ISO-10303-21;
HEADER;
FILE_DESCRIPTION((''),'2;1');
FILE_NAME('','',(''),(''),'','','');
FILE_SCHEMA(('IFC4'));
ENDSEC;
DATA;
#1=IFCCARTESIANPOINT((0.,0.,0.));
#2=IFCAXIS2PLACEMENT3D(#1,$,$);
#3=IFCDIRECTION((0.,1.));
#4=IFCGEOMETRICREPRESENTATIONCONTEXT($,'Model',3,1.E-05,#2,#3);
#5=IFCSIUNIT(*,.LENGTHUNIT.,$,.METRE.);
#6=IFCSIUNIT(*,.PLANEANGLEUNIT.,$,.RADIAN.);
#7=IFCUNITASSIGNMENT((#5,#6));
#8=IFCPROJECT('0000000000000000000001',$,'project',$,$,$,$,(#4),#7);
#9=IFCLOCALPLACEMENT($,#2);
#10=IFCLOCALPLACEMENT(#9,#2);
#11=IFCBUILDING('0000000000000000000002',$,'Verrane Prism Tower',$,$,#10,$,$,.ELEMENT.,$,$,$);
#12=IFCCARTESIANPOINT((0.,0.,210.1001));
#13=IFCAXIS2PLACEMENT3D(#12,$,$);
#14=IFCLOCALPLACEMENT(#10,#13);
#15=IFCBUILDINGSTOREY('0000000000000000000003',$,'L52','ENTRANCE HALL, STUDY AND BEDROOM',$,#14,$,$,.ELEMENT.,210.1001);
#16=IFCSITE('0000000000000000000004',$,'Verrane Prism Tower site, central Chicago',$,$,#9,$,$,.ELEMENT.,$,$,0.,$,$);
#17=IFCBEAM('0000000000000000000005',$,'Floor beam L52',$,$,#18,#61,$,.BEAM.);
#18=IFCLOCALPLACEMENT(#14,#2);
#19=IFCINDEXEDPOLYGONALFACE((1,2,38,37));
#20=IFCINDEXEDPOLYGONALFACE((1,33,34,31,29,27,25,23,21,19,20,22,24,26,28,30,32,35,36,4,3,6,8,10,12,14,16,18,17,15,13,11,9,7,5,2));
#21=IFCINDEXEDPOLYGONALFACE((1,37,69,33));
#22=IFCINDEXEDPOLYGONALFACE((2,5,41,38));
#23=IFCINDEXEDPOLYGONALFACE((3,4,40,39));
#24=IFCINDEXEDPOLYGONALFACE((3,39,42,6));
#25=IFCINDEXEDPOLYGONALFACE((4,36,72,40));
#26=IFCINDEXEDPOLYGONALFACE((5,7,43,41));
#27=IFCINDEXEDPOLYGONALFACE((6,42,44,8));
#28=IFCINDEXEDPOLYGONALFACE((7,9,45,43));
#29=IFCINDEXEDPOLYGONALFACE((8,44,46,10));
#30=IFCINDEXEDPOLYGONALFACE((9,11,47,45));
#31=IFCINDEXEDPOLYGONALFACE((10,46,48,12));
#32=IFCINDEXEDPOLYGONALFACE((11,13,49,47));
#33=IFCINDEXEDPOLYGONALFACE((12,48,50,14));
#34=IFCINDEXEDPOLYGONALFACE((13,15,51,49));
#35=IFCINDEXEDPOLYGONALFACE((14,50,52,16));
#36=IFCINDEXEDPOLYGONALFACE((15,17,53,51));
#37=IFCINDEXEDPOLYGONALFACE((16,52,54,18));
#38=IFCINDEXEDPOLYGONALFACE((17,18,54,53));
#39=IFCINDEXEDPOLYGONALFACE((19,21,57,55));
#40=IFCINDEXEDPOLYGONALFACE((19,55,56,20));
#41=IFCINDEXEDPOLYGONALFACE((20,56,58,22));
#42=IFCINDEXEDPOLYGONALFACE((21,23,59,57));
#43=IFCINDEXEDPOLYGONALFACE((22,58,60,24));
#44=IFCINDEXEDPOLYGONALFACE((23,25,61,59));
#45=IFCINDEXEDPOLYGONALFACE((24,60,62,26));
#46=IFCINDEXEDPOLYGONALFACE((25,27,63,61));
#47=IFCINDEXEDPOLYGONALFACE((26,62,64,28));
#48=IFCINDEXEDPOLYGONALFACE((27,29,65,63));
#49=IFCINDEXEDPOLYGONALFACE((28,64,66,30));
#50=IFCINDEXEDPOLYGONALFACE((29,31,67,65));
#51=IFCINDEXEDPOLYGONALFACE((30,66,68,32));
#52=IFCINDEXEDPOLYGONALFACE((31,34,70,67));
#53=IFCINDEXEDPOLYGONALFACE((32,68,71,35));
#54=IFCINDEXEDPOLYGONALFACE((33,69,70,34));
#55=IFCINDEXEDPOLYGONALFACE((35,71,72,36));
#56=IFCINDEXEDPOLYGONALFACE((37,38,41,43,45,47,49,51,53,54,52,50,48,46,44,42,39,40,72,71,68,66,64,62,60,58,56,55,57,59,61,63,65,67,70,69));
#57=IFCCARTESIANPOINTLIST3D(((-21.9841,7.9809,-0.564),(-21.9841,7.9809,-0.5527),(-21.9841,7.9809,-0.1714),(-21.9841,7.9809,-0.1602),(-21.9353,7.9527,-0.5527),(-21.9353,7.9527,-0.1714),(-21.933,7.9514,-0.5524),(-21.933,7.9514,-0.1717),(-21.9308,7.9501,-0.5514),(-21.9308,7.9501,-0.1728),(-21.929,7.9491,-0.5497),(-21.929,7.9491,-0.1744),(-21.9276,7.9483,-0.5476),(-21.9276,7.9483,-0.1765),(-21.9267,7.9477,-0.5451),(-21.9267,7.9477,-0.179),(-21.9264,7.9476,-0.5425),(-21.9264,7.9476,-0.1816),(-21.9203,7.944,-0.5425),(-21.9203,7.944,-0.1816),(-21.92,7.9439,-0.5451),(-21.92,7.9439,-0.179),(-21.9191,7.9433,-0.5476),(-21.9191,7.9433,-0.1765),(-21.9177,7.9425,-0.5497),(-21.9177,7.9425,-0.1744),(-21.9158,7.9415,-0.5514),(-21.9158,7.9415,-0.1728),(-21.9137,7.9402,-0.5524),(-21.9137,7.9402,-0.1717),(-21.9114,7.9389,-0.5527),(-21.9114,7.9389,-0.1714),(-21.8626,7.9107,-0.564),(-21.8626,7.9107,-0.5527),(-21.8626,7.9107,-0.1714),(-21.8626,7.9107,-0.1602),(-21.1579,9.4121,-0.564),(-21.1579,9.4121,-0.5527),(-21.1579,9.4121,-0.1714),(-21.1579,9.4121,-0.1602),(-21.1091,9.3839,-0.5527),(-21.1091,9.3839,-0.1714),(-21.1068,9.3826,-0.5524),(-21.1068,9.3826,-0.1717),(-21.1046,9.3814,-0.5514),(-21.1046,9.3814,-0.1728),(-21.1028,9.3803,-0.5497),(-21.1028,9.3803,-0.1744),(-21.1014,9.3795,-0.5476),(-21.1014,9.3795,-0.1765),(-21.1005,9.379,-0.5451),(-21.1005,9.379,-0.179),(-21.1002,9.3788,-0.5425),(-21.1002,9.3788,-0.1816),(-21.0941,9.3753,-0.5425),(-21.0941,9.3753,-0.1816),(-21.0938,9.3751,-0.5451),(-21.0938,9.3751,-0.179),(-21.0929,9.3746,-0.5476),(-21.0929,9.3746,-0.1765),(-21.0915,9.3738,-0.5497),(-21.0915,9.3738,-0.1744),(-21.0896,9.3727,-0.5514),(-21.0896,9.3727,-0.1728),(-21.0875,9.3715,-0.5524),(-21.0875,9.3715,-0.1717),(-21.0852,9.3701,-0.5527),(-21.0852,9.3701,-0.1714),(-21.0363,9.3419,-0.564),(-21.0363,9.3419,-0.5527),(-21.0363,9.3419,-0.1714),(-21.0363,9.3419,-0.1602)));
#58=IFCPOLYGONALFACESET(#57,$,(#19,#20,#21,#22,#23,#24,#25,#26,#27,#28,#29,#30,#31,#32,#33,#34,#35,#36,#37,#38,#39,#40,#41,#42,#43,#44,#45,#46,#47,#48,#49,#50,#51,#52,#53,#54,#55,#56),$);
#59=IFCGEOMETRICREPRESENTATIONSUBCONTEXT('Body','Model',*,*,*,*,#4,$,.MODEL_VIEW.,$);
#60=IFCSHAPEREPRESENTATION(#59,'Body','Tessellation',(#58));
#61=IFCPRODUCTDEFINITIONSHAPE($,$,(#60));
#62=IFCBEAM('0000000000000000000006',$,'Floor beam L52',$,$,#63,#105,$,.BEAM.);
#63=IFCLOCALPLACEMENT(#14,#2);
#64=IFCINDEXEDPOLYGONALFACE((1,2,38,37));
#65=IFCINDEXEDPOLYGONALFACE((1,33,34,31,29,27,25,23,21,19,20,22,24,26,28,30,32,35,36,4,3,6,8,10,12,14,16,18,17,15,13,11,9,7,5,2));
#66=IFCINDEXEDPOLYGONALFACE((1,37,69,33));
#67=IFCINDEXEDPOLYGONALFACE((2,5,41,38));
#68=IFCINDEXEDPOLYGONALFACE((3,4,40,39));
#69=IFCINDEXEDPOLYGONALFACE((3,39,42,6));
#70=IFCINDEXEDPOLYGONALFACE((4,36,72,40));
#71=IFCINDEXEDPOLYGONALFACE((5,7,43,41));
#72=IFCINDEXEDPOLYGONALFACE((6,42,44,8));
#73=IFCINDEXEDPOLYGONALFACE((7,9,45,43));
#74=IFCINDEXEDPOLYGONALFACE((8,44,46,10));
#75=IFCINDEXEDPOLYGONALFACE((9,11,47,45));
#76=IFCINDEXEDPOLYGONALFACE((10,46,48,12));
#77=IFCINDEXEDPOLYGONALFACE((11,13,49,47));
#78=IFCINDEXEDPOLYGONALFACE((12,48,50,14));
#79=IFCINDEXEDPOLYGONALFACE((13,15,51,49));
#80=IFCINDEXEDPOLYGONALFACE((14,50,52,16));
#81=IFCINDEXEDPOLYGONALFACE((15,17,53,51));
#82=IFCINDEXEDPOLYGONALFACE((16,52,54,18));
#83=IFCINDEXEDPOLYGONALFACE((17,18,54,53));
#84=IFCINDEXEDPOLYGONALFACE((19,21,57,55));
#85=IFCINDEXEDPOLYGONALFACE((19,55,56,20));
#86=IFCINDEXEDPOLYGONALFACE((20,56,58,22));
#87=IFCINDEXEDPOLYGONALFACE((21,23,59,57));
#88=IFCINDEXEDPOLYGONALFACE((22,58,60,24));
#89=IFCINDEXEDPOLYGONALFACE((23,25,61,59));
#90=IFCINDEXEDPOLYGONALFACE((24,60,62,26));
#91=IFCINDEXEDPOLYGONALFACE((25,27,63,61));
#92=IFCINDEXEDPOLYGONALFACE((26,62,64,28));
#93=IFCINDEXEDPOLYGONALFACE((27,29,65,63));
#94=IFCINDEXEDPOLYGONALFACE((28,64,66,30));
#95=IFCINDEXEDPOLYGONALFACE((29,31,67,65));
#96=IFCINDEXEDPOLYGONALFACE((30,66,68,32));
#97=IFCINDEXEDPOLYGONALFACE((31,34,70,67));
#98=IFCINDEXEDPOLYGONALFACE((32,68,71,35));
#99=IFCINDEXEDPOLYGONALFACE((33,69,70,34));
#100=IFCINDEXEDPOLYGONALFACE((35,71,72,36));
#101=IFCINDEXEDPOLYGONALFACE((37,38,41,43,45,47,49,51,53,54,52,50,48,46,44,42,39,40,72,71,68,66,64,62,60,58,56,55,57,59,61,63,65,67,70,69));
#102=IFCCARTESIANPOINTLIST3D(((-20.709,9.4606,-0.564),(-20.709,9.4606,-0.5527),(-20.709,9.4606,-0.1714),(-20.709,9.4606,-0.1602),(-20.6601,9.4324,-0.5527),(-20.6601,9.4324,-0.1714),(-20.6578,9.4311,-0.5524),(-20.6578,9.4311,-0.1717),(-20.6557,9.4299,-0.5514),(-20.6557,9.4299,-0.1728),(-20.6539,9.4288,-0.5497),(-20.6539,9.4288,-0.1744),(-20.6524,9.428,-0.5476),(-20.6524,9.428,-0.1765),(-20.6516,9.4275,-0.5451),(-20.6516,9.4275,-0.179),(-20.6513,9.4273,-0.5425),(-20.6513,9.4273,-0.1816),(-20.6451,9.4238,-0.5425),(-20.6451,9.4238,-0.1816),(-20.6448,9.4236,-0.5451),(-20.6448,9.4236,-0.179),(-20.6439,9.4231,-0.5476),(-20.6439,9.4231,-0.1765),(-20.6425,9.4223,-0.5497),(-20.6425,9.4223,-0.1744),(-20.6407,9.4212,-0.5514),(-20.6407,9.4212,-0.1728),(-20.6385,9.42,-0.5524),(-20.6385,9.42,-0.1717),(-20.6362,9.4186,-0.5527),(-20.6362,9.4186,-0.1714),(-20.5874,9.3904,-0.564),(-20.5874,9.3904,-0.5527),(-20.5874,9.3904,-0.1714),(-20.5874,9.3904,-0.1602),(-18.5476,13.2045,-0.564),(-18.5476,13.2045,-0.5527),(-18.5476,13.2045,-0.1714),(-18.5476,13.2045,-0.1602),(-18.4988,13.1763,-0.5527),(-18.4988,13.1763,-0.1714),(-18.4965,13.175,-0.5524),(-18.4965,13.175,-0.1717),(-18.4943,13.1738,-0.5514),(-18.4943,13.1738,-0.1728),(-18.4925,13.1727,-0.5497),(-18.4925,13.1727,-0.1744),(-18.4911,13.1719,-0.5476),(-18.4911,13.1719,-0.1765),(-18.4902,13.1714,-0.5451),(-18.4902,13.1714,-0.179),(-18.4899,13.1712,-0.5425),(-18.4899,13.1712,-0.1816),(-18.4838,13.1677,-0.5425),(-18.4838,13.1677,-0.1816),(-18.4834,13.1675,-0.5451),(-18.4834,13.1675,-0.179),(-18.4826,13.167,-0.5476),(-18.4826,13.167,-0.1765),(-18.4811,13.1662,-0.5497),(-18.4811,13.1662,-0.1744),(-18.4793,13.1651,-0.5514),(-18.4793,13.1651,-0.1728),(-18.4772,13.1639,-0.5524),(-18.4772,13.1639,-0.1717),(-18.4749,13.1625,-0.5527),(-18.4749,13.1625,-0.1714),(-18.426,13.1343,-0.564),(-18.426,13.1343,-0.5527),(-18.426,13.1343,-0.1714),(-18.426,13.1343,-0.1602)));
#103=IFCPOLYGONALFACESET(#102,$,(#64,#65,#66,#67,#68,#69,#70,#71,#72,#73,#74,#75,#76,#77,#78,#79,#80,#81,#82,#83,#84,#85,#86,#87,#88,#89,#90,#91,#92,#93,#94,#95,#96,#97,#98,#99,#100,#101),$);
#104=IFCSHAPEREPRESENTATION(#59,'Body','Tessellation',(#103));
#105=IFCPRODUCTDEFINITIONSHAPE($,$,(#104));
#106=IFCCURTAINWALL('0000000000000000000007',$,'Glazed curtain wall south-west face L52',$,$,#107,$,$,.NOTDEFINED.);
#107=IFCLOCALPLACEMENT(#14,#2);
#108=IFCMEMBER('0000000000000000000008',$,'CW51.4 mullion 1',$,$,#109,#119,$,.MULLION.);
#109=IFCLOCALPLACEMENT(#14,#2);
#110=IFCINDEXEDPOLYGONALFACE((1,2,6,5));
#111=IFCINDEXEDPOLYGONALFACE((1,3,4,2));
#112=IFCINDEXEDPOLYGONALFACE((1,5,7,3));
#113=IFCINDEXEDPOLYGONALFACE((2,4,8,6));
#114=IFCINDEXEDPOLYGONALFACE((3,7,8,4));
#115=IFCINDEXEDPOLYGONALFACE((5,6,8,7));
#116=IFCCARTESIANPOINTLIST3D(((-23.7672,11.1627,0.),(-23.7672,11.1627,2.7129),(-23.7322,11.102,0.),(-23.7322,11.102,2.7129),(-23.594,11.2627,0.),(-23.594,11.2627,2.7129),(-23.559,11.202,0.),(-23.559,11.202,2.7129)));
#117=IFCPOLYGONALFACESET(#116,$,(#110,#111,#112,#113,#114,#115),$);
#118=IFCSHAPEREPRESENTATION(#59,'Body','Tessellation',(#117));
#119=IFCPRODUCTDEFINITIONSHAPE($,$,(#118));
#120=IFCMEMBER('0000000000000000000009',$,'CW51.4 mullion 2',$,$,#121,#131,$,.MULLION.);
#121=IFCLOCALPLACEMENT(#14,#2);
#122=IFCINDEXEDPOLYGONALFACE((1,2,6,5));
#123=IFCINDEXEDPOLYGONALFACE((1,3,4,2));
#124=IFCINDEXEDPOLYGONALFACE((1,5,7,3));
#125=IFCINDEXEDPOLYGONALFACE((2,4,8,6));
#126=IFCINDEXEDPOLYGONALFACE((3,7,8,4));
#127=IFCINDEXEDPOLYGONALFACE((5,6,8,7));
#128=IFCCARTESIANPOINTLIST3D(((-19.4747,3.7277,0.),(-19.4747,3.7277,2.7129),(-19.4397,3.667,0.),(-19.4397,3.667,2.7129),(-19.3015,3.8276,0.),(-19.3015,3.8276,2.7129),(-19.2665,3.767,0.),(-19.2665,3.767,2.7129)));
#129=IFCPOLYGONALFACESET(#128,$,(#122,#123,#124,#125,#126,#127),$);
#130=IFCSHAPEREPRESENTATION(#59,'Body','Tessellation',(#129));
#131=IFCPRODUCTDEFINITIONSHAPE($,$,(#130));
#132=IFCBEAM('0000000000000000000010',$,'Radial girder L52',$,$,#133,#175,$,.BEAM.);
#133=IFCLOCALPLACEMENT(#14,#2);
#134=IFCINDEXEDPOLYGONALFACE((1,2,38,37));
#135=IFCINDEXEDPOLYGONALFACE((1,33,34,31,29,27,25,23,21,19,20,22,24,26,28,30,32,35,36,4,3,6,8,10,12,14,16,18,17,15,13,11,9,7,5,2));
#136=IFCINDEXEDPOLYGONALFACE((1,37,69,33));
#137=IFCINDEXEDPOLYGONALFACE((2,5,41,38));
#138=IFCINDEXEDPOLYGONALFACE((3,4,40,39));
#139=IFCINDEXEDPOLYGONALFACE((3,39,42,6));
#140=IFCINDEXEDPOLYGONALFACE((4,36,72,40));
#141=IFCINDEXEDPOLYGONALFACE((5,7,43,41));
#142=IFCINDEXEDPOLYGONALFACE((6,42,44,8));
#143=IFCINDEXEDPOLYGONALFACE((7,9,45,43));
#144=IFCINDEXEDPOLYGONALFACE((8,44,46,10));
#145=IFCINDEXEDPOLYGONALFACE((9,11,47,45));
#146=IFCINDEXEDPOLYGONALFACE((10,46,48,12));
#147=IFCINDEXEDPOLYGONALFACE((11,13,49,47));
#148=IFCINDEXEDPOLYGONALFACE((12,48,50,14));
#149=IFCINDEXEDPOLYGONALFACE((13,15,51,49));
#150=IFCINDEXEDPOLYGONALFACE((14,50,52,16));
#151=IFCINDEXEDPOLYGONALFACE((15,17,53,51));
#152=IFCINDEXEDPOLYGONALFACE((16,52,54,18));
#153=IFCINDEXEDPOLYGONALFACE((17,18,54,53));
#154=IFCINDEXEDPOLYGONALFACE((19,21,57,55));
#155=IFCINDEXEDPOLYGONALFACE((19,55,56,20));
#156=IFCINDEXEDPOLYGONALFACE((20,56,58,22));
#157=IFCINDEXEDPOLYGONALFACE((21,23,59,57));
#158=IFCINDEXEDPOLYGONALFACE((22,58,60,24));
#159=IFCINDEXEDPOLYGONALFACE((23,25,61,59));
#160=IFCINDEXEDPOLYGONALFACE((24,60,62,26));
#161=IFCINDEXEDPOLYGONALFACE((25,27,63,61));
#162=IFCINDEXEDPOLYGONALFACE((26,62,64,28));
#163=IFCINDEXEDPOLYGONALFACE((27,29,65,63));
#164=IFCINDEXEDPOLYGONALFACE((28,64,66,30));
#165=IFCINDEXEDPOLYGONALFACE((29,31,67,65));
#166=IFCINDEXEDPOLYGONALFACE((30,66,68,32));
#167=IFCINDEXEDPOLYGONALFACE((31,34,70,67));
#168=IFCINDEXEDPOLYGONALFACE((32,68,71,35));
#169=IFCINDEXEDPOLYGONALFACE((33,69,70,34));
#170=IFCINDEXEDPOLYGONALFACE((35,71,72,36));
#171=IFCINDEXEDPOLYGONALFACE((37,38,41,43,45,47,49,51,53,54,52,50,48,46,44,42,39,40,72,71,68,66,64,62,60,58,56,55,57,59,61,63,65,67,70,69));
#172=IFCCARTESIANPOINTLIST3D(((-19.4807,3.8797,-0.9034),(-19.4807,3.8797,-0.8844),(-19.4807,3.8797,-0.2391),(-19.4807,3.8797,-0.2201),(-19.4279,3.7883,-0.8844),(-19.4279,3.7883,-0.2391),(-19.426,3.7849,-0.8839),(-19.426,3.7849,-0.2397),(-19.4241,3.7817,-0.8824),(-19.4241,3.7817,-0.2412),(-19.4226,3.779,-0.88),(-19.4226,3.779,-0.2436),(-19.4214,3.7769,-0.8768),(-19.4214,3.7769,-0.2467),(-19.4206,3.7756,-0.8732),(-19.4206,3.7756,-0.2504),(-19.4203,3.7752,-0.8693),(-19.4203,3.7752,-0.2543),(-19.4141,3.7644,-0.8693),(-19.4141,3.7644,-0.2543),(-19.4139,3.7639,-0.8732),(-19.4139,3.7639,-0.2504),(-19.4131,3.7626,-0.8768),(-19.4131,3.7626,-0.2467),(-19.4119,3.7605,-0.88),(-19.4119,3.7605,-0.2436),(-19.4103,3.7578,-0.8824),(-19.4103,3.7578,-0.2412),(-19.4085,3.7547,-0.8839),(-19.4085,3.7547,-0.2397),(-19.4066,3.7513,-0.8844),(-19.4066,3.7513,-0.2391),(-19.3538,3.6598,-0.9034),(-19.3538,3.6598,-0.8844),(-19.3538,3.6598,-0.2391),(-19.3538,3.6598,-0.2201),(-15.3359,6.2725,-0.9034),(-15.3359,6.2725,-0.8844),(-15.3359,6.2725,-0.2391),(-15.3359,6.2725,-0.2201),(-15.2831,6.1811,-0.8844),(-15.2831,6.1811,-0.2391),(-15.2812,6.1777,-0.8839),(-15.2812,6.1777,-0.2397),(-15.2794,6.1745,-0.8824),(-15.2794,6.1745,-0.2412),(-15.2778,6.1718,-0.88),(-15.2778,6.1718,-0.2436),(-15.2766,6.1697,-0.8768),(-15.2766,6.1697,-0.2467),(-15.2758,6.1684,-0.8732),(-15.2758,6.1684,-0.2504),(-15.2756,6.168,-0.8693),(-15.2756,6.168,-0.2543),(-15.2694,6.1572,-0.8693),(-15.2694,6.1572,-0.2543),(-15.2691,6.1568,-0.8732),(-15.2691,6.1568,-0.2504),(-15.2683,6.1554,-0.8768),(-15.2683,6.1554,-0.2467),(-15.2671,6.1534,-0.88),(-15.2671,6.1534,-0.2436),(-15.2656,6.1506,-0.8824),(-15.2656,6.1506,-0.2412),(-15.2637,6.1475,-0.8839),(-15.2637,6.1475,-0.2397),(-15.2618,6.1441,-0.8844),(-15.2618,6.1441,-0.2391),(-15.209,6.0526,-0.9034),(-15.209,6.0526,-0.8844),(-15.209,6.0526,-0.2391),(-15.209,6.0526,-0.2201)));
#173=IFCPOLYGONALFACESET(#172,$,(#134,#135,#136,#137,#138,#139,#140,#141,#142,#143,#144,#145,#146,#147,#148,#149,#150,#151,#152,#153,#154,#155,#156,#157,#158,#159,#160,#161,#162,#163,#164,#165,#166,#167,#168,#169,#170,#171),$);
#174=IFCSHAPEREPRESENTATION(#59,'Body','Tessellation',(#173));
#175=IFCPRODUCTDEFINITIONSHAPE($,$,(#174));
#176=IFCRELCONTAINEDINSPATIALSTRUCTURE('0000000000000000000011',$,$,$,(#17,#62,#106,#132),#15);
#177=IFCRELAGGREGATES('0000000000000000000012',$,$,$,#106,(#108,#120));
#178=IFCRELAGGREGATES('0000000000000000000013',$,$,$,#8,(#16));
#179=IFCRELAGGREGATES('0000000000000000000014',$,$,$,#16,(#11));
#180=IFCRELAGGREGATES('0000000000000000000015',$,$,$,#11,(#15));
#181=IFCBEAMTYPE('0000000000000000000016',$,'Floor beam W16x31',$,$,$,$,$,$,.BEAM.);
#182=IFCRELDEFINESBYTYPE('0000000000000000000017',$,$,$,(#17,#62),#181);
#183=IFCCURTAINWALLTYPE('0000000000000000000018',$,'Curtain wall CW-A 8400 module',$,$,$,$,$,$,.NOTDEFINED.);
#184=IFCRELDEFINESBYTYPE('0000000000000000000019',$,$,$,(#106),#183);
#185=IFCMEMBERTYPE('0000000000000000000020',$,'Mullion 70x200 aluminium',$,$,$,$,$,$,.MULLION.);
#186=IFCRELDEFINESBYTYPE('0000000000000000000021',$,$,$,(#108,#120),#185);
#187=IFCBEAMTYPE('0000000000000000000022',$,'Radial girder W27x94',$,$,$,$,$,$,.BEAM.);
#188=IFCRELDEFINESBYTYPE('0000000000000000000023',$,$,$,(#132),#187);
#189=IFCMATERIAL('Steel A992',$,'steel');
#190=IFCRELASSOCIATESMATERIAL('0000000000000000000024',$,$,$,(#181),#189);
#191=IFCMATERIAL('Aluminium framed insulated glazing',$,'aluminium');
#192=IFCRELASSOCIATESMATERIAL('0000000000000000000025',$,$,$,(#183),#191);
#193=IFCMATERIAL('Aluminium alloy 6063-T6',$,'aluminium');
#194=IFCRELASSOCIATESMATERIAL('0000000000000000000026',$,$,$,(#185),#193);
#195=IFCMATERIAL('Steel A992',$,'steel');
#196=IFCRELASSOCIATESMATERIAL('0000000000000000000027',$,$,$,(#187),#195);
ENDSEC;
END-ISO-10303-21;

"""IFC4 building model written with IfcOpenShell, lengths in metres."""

from ifc_helpers import new_model, si_unit, direction, frame, origin, origin_2d, place, context, subcontext, project, spatial, rectangle, i_section, extrude, material, material_profile, profile_set, type_object, element, aggregate, save


model = new_model("IFC4")

# Units and contexts
model_context = context("Model", 3, precision=1e-05, world=origin(), true_north=direction((0.0, 1.0)))
body_context = subcontext(model_context, "Body", "Model", "MODEL_VIEW")
ifc_project = project(units=[si_unit("LENGTHUNIT", "METRE"), si_unit("PLANEANGLEUNIT", "RADIAN")], contexts=[model_context])

# Site, building, storey
site_placement = place(None, origin())
site = spatial("IfcSite", under=ifc_project, at=site_placement, Name="Verrane Prism Tower site, central Chicago", CompositionType="ELEMENT", RefElevation=0.0)
building_placement = place(site_placement, origin())
building = spatial("IfcBuilding", under=site, at=building_placement, Name="Verrane Prism Tower", CompositionType="ELEMENT")
storey_placement = place(building_placement, frame((0.0, 0.0, 210.1001)))
storey = spatial("IfcBuildingStorey", under=building, at=storey_placement, Name="L52", Description="ENTRANCE HALL, STUDY AND BEDROOM", CompositionType="ELEMENT", Elevation=210.1001)

# Beams
ifc_material_1 = material(Name="Steel A992", Category="steel")
ifc_material_profile_1 = material_profile(ifc_material_1, i_section(OverallWidth=0.1404, OverallDepth=0.4038, WebThickness=0.0071, FlangeThickness=0.0112, FilletRadius=0.0103, at=origin_2d()), Name="W16x31")
ifc_profile_set_1 = profile_set([ifc_material_profile_1], Name="Steel A992")
beam_type_1 = type_object("IfcBeamType", Name="Floor beam W16x31", PredefinedType="BEAM", material=ifc_profile_set_1)
beam_1_placement = place(storey_placement, frame((-21.9233, 7.9458, -0.3621), z_axis=(0.499953, 0.866053, 0.0), x_axis=(-0.866053, 0.499953, 0.0)))
element("IfcBeam", 1, at=beam_1_placement, inside=storey, type_object=beam_type_1, Name="Floor beam L52", PredefinedType="BEAM", context=body_context, shape_type="SweptSolid", body=[
    extrude(i_section(OverallWidth=0.1404, OverallDepth=0.4038, WebThickness=0.0071, FlangeThickness=0.0112, FilletRadius=0.0103, at=origin_2d()), origin(), (0.0, 0.0, 1.0), 1.6526),
])
beam_2_placement = place(storey_placement, frame((-20.6482, 9.4255, -0.3621), z_axis=(0.499972, 0.866042, 0.0), x_axis=(-0.866042, 0.499972, 0.0)))
element("IfcBeam", 2, at=beam_2_placement, inside=storey, type_object=beam_type_1, Name="Floor beam L52", PredefinedType="BEAM", context=body_context, shape_type="SweptSolid", body=[
    extrude(i_section(OverallWidth=0.1404, OverallDepth=0.4038, WebThickness=0.0071, FlangeThickness=0.0112, FilletRadius=0.0103, at=origin_2d()), origin(), (0.0, 0.0, 1.0), 4.323),
])

# Curtain wall, members
ifc_material_2 = material(Name="Aluminium framed insulated glazing", Category="aluminium")
curtain_wall_type = type_object("IfcCurtainWallType", Name="Curtain wall CW-A 8400 module", PredefinedType="NOTDEFINED", material=ifc_material_2)
curtain_wall_placement = place(storey_placement, origin())
curtain_wall = element("IfcCurtainWall", 3, at=curtain_wall_placement, inside=storey, type_object=curtain_wall_type, Name="Glazed curtain wall south-west face L52", PredefinedType="NOTDEFINED")
ifc_material_3 = material(Name="Aluminium alloy 6063-T6", Category="aluminium")
ifc_material_profile_2 = material_profile(ifc_material_3, rectangle(XDim=0.2, YDim=0.0701, at=origin_2d()), Name="Mullion 70x200 aluminium")
ifc_profile_set_2 = profile_set([ifc_material_profile_2], Name="Aluminium alloy 6063-T6")
member_type_1 = type_object("IfcMemberType", Name="Mullion 70x200 aluminium", PredefinedType="MULLION", material=ifc_profile_set_2)
member_1_placement = place(storey_placement, frame((-23.6631, 11.1824, 0.0), z_axis=(0.0, 0.0, 1.0), x_axis=(0.866026, 0.499999, 0.0)))
member_1 = element("IfcMember", 4, at=member_1_placement, type_object=member_type_1, Name="CW51.4 mullion 1", PredefinedType="MULLION", context=body_context, shape_type="SweptSolid", body=[
    extrude(rectangle(XDim=0.2, YDim=0.0701, at=origin_2d()), origin(), (0.0, 0.0, 1.0), 2.7129),
])
member_2_placement = place(storey_placement, frame((-19.3706, 3.7473, 0.0), z_axis=(0.0, 0.0, 1.0), x_axis=(0.866026, 0.499999, 0.0)))
member_2 = element("IfcMember", 5, at=member_2_placement, type_object=member_type_1, Name="CW51.4 mullion 2", PredefinedType="MULLION", context=body_context, shape_type="SweptSolid", body=[
    extrude(rectangle(XDim=0.2, YDim=0.0701, at=origin_2d()), origin(), (0.0, 0.0, 1.0), 2.7129),
])

# Beam
ifc_material_4 = material(Name="Steel A992", Category="steel")
ifc_material_profile_3 = material_profile(ifc_material_4, i_section(OverallWidth=0.2539, OverallDepth=0.6833, WebThickness=0.0125, FlangeThickness=0.019, FilletRadius=0.0151, at=origin_2d()), Name="W27x94")
ifc_profile_set_3 = profile_set([ifc_material_profile_3], Name="Steel A992")
beam_type_2 = type_object("IfcBeamType", Name="Radial girder W27x94", PredefinedType="BEAM", material=ifc_profile_set_3)
beam_3_placement = place(storey_placement, frame((-19.4172, 3.7698, -0.5618), z_axis=(0.86604, 0.499974, 0.0), x_axis=(-0.499974, 0.86604, 0.0)))
element("IfcBeam", 6, at=beam_3_placement, inside=storey, type_object=beam_type_2, Name="Radial girder L52", PredefinedType="BEAM", context=body_context, shape_type="SweptSolid", body=[
    extrude(i_section(OverallWidth=0.2539, OverallDepth=0.6833, WebThickness=0.0125, FlangeThickness=0.019, FilletRadius=0.0151, at=origin_2d()), origin(), (0.0, 0.0, 1.0), 4.7859),
])

aggregate(curtain_wall, [member_1, member_2])

save(model, "model.ifc")
